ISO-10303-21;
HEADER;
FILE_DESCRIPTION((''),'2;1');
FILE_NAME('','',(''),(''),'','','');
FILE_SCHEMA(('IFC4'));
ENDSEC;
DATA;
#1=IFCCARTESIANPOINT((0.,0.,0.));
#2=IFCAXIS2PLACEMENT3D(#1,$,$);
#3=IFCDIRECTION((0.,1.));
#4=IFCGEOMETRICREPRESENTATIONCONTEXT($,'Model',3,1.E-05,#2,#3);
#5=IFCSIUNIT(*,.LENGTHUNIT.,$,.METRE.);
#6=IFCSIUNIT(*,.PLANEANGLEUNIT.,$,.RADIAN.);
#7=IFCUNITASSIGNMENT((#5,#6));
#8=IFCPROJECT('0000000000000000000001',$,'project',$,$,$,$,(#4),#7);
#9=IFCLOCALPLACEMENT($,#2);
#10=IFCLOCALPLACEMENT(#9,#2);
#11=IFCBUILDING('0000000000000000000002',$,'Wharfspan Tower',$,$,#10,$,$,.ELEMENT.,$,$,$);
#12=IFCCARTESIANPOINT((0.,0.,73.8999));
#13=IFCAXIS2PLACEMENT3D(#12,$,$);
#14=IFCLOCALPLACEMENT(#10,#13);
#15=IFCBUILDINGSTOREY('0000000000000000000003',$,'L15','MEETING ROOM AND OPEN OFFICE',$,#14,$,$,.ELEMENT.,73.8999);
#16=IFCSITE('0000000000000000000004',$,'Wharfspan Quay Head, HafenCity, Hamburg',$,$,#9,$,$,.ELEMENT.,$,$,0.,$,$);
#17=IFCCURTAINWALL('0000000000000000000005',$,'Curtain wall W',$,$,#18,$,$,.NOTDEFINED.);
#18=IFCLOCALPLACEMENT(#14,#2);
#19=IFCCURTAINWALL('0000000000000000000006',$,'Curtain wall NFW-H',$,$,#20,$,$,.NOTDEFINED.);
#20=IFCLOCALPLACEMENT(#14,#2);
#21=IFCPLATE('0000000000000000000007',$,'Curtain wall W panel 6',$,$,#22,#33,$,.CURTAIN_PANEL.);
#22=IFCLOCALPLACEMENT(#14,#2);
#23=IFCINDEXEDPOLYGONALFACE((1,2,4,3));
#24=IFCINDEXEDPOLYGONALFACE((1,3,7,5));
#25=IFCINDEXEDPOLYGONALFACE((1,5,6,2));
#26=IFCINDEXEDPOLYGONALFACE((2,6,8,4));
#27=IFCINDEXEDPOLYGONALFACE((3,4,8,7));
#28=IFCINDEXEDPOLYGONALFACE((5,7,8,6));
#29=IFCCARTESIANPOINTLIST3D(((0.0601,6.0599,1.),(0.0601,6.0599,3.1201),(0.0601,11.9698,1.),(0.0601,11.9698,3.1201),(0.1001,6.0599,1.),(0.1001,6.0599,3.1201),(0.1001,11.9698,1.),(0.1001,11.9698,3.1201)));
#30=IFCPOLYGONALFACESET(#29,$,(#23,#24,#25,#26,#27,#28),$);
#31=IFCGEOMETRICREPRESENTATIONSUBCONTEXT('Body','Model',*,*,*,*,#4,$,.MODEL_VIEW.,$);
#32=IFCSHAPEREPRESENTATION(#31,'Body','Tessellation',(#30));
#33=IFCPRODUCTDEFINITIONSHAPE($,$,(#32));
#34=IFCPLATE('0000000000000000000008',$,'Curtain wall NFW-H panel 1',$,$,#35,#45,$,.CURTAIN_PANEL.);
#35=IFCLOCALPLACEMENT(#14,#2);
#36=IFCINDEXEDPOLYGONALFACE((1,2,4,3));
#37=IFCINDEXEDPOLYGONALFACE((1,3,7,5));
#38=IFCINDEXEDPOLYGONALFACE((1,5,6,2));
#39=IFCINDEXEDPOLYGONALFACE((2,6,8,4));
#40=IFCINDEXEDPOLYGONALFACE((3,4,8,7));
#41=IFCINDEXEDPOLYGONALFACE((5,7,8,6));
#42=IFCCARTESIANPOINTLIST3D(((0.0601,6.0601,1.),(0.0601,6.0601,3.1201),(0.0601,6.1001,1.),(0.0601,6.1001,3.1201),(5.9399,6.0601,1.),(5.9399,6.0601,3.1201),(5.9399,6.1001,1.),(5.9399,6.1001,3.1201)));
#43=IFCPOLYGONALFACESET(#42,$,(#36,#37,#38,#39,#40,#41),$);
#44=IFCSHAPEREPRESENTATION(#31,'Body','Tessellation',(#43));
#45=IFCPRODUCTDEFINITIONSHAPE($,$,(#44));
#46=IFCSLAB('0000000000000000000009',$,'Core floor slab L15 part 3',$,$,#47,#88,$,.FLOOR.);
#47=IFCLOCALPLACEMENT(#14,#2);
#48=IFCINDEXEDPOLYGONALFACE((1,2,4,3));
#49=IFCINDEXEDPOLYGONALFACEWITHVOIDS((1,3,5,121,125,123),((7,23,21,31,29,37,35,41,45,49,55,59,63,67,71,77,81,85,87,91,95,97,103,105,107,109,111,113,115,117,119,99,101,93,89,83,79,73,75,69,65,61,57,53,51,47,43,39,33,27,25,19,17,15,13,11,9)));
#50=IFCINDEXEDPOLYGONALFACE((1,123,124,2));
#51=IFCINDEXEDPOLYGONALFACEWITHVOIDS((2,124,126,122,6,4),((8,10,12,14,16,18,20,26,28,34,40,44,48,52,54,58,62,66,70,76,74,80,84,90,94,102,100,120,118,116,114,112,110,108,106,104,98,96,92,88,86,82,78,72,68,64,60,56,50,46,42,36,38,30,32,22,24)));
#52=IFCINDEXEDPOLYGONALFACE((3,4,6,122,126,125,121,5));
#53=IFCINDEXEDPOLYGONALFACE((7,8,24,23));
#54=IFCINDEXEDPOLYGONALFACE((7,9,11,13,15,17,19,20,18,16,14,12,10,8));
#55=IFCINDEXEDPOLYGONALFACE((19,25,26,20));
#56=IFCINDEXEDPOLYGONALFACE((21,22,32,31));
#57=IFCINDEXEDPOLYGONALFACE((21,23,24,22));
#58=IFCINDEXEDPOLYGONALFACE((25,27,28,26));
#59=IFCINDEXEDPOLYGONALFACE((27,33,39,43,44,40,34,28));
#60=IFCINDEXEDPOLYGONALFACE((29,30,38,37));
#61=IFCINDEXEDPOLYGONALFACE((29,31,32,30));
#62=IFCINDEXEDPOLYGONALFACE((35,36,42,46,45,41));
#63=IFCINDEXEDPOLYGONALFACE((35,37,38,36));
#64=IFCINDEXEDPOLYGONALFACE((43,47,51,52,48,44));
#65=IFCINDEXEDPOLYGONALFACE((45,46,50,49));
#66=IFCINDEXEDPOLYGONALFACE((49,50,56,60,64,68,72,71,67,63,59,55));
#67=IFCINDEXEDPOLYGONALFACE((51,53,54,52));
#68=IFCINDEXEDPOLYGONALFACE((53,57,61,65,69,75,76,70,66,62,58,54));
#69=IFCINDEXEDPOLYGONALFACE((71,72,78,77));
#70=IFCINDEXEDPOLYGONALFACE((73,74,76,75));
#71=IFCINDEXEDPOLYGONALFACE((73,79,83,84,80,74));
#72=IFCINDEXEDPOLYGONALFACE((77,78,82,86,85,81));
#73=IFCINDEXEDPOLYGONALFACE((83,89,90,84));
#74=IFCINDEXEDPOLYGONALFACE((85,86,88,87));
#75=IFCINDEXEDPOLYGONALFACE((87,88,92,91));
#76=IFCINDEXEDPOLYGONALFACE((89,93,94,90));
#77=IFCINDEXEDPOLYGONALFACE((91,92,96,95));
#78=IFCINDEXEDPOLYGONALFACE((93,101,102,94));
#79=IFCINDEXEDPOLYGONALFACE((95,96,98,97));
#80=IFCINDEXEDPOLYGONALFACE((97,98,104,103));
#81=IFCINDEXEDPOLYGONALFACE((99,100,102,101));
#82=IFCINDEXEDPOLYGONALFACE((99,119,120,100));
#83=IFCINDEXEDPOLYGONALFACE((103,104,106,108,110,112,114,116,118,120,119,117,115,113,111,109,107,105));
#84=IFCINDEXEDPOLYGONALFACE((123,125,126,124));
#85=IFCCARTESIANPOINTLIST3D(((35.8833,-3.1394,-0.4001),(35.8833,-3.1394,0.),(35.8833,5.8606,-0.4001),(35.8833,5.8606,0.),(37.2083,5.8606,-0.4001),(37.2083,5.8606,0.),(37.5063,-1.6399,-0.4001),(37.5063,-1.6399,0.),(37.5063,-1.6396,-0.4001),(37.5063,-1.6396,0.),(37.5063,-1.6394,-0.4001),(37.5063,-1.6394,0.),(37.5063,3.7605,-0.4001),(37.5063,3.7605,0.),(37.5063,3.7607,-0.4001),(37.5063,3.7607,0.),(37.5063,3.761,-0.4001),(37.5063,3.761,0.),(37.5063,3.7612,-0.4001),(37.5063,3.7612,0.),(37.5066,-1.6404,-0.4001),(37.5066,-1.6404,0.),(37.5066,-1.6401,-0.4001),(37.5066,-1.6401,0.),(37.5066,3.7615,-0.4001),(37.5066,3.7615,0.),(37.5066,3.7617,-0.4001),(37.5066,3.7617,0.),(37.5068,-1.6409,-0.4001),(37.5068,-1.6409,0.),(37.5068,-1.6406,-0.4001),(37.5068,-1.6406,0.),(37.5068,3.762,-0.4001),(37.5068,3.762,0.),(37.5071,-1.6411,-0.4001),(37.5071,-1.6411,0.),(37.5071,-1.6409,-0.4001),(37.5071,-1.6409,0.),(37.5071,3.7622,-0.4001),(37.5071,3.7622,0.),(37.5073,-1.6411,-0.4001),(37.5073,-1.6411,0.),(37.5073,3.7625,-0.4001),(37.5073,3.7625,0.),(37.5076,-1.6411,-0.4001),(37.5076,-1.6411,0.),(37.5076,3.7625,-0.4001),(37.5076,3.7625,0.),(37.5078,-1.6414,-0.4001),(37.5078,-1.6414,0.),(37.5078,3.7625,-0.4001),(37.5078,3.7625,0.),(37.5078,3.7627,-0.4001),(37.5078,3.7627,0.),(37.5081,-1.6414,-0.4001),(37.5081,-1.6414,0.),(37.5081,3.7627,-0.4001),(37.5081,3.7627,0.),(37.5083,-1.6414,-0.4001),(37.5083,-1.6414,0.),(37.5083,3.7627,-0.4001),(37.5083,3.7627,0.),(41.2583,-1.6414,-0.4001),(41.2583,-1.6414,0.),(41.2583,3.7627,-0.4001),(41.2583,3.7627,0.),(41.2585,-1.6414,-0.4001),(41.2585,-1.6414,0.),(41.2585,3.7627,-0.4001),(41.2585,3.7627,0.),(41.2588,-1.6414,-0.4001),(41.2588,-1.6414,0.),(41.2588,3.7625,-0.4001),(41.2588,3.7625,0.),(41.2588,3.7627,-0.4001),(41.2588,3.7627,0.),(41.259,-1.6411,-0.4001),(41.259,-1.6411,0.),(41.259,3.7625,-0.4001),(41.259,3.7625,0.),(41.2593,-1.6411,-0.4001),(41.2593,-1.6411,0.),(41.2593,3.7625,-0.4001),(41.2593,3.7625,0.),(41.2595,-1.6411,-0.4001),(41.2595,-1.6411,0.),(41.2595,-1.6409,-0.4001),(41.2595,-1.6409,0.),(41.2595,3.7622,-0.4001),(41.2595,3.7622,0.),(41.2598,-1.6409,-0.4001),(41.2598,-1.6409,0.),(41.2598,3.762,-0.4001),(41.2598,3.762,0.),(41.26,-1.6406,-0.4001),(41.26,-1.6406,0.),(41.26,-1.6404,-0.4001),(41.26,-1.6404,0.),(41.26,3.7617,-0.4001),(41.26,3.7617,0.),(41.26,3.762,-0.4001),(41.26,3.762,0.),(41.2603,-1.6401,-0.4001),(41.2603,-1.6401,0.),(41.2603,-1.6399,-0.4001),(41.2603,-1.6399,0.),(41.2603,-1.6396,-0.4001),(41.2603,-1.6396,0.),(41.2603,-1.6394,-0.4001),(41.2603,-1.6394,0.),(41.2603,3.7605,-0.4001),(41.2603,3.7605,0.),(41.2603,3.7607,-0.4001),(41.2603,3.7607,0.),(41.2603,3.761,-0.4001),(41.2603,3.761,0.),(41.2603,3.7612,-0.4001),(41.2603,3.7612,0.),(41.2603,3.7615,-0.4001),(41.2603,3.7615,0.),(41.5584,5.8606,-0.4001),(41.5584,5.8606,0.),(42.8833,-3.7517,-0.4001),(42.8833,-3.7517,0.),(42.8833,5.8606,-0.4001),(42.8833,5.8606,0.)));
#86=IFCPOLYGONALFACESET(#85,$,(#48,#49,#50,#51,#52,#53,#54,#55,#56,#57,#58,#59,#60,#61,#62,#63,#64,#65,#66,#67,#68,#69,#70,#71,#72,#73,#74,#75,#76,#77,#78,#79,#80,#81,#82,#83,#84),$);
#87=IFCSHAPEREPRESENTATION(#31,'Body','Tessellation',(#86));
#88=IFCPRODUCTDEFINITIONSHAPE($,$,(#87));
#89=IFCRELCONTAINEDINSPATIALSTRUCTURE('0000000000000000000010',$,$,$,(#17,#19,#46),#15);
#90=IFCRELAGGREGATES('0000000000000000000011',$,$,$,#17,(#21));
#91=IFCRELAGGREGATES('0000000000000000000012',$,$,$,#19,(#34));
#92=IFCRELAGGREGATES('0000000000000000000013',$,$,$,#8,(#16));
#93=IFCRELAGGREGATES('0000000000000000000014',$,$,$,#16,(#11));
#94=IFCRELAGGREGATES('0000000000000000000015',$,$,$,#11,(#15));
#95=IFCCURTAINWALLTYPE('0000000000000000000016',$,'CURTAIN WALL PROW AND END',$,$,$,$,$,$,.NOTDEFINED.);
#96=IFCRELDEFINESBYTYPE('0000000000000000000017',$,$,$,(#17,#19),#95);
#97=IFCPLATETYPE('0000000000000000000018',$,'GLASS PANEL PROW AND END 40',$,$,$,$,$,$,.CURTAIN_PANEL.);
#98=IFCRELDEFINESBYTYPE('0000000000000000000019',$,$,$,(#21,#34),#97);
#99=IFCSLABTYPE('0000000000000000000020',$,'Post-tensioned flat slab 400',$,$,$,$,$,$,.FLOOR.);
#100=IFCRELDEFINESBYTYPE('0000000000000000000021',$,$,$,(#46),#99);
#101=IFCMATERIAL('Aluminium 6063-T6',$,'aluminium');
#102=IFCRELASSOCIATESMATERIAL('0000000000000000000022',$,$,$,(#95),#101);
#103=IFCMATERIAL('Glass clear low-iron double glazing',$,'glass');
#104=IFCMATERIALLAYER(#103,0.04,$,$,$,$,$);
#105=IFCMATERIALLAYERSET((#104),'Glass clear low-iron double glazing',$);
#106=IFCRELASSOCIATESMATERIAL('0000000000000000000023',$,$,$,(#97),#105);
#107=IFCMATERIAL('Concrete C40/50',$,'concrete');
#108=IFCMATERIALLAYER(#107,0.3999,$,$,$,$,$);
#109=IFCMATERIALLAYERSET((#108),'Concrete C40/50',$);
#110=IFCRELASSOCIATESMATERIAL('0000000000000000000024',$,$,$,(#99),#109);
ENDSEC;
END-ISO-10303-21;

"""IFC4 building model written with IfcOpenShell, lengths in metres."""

from ifc_helpers import new_model, si_unit, direction, frame, origin, origin_2d, place, context, subcontext, project, spatial, polyline, rectangle, outline, extrude, material, layer, layer_set, type_object, element, aggregate, save


model = new_model("IFC4")

# Units and contexts
model_context = context("Model", 3, precision=1e-05, world=origin(), true_north=direction((0.0, 1.0)))
body_context = subcontext(model_context, "Body", "Model", "MODEL_VIEW")
ifc_project = project(units=[si_unit("LENGTHUNIT", "METRE"), si_unit("PLANEANGLEUNIT", "RADIAN")], contexts=[model_context])

# Site, building, storey
site_placement = place(None, origin())
site = spatial("IfcSite", under=ifc_project, at=site_placement, Name="Wharfspan Quay Head, HafenCity, Hamburg", CompositionType="ELEMENT", RefElevation=0.0)
building_placement = place(site_placement, origin())
building = spatial("IfcBuilding", under=site, at=building_placement, Name="Wharfspan Tower", CompositionType="ELEMENT")
storey_placement = place(building_placement, frame((0.0, 0.0, 73.8999)))
storey = spatial("IfcBuildingStorey", under=building, at=storey_placement, Name="L15", Description="MEETING ROOM AND OPEN OFFICE", CompositionType="ELEMENT", Elevation=73.8999)

# Curtain walls
ifc_material_1 = material(Name="Aluminium 6063-T6", Category="aluminium")
curtain_wall_type = type_object("IfcCurtainWallType", Name="CURTAIN WALL PROW AND END", PredefinedType="NOTDEFINED", material=ifc_material_1)
curtain_wall_1_placement = place(storey_placement, origin())
curtain_wall_1 = element("IfcCurtainWall", 1, at=curtain_wall_1_placement, inside=storey, type_object=curtain_wall_type, Name="Curtain wall W", PredefinedType="NOTDEFINED")
curtain_wall_2_placement = place(storey_placement, origin())
curtain_wall_2 = element("IfcCurtainWall", 2, at=curtain_wall_2_placement, inside=storey, type_object=curtain_wall_type, Name="Curtain wall NFW-H", PredefinedType="NOTDEFINED")

# Plates
ifc_material_2 = material(Name="Glass clear low-iron double glazing", Category="glass")
ifc_layer_1 = layer(ifc_material_2, 0.04)
ifc_layer_set_1 = layer_set([ifc_layer_1], Name="Glass clear low-iron double glazing")
plate_type = type_object("IfcPlateType", Name="GLASS PANEL PROW AND END 40", PredefinedType="CURTAIN_PANEL", material=ifc_layer_set_1)
plate_1_placement = place(storey_placement, frame((0.0801, 9.0149, 1.0), z_axis=(0.0, 0.0, 1.0), x_axis=(0.0, -1.0, 0.0)))
plate_1 = element("IfcPlate", 3, at=plate_1_placement, type_object=plate_type, Name="Curtain wall W panel 6", PredefinedType="CURTAIN_PANEL", context=body_context, shape_type="SweptSolid", body=[
    extrude(rectangle(XDim=5.9099, YDim=0.04, at=origin_2d()), origin(), (0.0, 0.0, 1.0), 2.1201),
])
aggregate(curtain_wall_1, [plate_1])
plate_2_placement = place(storey_placement, frame((3.0, 6.0801, 1.0), z_axis=(0.0, 0.0, 1.0), x_axis=(1.0, 0.0, 0.0)))
plate_2 = element("IfcPlate", 4, at=plate_2_placement, type_object=plate_type, Name="Curtain wall NFW-H panel 1", PredefinedType="CURTAIN_PANEL", context=body_context, shape_type="SweptSolid", body=[
    extrude(rectangle(XDim=5.8799, YDim=0.04, at=origin_2d()), origin(), (0.0, 0.0, 1.0), 2.1201),
])
aggregate(curtain_wall_2, [plate_2])

# Slab
ifc_material_3 = material(Name="Concrete C40/50", Category="concrete")
ifc_layer_2 = layer(ifc_material_3, 0.3999)
ifc_layer_set_2 = layer_set([ifc_layer_2], Name="Concrete C40/50")
slab_type = type_object("IfcSlabType", Name="Post-tensioned flat slab 400", PredefinedType="FLOOR", material=ifc_layer_set_2)
slab_1_placement = place(storey_placement, frame((0.0, 0.0, -0.4001)))
element("IfcSlab", 5, at=slab_1_placement, inside=storey, type_object=slab_type, Name="Core floor slab L15 part 3", PredefinedType="FLOOR", context=body_context, shape_type="SweptSolid", body=[
    extrude(outline(polyline([(41.5583, 5.8606), (37.2083, 5.8606), (35.8833, 5.8606), (35.8833, -3.1394), (42.8833, -3.7517), (42.8833, 5.8606), (41.5583, 5.8606)]), holes=[polyline([(37.5063, 3.7605), (37.5063, 3.7607), (37.5063, 3.761), (37.5063, 3.7612), (37.5066, 3.7615), (37.5066, 3.7617), (37.5066, 3.7617), (37.5068, 3.762), (37.5068, 3.762), (37.5071, 3.7622), (37.5071, 3.7622), (37.5073, 3.7625), (37.5076, 3.7625), (37.5078, 3.7625), (37.5078, 3.7627), (37.5081, 3.7627), (37.5083, 3.7627), (41.2583, 3.7627), (41.2585, 3.7627), (41.2588, 3.7627), (41.2588, 3.7625), (41.259, 3.7625), (41.2593, 3.7625), (41.2595, 3.7622), (41.2595, 3.7622), (41.2598, 3.762), (41.26, 3.762), (41.26, 3.7617), (41.26, 3.7617), (41.2603, 3.7615), (41.2603, 3.7612), (41.2603, 3.761), (41.2603, 3.7607), (41.2603, 3.7605), (41.2603, -1.6394), (41.2603, -1.6396), (41.2603, -1.6399), (41.2603, -1.6399), (41.2603, -1.6401), (41.26, -1.6404), (41.26, -1.6404), (41.26, -1.6406), (41.2598, -1.6409), (41.2595, -1.6409), (41.2595, -1.6411), (41.2593, -1.6411), (41.259, -1.6411), (41.2588, -1.6414), (41.2588, -1.6414), (41.2585, -1.6414), (41.2583, -1.6414), (37.5083, -1.6414), (37.5081, -1.6414), (37.5078, -1.6414), (37.5078, -1.6414), (37.5076, -1.6411), (37.5073, -1.6411), (37.5071, -1.6411), (37.5071, -1.6409), (37.5068, -1.6409), (37.5068, -1.6406), (37.5066, -1.6404), (37.5066, -1.6404), (37.5066, -1.6401), (37.5063, -1.6399), (37.5063, -1.6399), (37.5063, -1.6396), (37.5063, -1.6394), (37.5063, 3.7605)])]), origin(), (0.0, 0.0, 1.0), 0.4001),
])

save(model, "model.ifc")
